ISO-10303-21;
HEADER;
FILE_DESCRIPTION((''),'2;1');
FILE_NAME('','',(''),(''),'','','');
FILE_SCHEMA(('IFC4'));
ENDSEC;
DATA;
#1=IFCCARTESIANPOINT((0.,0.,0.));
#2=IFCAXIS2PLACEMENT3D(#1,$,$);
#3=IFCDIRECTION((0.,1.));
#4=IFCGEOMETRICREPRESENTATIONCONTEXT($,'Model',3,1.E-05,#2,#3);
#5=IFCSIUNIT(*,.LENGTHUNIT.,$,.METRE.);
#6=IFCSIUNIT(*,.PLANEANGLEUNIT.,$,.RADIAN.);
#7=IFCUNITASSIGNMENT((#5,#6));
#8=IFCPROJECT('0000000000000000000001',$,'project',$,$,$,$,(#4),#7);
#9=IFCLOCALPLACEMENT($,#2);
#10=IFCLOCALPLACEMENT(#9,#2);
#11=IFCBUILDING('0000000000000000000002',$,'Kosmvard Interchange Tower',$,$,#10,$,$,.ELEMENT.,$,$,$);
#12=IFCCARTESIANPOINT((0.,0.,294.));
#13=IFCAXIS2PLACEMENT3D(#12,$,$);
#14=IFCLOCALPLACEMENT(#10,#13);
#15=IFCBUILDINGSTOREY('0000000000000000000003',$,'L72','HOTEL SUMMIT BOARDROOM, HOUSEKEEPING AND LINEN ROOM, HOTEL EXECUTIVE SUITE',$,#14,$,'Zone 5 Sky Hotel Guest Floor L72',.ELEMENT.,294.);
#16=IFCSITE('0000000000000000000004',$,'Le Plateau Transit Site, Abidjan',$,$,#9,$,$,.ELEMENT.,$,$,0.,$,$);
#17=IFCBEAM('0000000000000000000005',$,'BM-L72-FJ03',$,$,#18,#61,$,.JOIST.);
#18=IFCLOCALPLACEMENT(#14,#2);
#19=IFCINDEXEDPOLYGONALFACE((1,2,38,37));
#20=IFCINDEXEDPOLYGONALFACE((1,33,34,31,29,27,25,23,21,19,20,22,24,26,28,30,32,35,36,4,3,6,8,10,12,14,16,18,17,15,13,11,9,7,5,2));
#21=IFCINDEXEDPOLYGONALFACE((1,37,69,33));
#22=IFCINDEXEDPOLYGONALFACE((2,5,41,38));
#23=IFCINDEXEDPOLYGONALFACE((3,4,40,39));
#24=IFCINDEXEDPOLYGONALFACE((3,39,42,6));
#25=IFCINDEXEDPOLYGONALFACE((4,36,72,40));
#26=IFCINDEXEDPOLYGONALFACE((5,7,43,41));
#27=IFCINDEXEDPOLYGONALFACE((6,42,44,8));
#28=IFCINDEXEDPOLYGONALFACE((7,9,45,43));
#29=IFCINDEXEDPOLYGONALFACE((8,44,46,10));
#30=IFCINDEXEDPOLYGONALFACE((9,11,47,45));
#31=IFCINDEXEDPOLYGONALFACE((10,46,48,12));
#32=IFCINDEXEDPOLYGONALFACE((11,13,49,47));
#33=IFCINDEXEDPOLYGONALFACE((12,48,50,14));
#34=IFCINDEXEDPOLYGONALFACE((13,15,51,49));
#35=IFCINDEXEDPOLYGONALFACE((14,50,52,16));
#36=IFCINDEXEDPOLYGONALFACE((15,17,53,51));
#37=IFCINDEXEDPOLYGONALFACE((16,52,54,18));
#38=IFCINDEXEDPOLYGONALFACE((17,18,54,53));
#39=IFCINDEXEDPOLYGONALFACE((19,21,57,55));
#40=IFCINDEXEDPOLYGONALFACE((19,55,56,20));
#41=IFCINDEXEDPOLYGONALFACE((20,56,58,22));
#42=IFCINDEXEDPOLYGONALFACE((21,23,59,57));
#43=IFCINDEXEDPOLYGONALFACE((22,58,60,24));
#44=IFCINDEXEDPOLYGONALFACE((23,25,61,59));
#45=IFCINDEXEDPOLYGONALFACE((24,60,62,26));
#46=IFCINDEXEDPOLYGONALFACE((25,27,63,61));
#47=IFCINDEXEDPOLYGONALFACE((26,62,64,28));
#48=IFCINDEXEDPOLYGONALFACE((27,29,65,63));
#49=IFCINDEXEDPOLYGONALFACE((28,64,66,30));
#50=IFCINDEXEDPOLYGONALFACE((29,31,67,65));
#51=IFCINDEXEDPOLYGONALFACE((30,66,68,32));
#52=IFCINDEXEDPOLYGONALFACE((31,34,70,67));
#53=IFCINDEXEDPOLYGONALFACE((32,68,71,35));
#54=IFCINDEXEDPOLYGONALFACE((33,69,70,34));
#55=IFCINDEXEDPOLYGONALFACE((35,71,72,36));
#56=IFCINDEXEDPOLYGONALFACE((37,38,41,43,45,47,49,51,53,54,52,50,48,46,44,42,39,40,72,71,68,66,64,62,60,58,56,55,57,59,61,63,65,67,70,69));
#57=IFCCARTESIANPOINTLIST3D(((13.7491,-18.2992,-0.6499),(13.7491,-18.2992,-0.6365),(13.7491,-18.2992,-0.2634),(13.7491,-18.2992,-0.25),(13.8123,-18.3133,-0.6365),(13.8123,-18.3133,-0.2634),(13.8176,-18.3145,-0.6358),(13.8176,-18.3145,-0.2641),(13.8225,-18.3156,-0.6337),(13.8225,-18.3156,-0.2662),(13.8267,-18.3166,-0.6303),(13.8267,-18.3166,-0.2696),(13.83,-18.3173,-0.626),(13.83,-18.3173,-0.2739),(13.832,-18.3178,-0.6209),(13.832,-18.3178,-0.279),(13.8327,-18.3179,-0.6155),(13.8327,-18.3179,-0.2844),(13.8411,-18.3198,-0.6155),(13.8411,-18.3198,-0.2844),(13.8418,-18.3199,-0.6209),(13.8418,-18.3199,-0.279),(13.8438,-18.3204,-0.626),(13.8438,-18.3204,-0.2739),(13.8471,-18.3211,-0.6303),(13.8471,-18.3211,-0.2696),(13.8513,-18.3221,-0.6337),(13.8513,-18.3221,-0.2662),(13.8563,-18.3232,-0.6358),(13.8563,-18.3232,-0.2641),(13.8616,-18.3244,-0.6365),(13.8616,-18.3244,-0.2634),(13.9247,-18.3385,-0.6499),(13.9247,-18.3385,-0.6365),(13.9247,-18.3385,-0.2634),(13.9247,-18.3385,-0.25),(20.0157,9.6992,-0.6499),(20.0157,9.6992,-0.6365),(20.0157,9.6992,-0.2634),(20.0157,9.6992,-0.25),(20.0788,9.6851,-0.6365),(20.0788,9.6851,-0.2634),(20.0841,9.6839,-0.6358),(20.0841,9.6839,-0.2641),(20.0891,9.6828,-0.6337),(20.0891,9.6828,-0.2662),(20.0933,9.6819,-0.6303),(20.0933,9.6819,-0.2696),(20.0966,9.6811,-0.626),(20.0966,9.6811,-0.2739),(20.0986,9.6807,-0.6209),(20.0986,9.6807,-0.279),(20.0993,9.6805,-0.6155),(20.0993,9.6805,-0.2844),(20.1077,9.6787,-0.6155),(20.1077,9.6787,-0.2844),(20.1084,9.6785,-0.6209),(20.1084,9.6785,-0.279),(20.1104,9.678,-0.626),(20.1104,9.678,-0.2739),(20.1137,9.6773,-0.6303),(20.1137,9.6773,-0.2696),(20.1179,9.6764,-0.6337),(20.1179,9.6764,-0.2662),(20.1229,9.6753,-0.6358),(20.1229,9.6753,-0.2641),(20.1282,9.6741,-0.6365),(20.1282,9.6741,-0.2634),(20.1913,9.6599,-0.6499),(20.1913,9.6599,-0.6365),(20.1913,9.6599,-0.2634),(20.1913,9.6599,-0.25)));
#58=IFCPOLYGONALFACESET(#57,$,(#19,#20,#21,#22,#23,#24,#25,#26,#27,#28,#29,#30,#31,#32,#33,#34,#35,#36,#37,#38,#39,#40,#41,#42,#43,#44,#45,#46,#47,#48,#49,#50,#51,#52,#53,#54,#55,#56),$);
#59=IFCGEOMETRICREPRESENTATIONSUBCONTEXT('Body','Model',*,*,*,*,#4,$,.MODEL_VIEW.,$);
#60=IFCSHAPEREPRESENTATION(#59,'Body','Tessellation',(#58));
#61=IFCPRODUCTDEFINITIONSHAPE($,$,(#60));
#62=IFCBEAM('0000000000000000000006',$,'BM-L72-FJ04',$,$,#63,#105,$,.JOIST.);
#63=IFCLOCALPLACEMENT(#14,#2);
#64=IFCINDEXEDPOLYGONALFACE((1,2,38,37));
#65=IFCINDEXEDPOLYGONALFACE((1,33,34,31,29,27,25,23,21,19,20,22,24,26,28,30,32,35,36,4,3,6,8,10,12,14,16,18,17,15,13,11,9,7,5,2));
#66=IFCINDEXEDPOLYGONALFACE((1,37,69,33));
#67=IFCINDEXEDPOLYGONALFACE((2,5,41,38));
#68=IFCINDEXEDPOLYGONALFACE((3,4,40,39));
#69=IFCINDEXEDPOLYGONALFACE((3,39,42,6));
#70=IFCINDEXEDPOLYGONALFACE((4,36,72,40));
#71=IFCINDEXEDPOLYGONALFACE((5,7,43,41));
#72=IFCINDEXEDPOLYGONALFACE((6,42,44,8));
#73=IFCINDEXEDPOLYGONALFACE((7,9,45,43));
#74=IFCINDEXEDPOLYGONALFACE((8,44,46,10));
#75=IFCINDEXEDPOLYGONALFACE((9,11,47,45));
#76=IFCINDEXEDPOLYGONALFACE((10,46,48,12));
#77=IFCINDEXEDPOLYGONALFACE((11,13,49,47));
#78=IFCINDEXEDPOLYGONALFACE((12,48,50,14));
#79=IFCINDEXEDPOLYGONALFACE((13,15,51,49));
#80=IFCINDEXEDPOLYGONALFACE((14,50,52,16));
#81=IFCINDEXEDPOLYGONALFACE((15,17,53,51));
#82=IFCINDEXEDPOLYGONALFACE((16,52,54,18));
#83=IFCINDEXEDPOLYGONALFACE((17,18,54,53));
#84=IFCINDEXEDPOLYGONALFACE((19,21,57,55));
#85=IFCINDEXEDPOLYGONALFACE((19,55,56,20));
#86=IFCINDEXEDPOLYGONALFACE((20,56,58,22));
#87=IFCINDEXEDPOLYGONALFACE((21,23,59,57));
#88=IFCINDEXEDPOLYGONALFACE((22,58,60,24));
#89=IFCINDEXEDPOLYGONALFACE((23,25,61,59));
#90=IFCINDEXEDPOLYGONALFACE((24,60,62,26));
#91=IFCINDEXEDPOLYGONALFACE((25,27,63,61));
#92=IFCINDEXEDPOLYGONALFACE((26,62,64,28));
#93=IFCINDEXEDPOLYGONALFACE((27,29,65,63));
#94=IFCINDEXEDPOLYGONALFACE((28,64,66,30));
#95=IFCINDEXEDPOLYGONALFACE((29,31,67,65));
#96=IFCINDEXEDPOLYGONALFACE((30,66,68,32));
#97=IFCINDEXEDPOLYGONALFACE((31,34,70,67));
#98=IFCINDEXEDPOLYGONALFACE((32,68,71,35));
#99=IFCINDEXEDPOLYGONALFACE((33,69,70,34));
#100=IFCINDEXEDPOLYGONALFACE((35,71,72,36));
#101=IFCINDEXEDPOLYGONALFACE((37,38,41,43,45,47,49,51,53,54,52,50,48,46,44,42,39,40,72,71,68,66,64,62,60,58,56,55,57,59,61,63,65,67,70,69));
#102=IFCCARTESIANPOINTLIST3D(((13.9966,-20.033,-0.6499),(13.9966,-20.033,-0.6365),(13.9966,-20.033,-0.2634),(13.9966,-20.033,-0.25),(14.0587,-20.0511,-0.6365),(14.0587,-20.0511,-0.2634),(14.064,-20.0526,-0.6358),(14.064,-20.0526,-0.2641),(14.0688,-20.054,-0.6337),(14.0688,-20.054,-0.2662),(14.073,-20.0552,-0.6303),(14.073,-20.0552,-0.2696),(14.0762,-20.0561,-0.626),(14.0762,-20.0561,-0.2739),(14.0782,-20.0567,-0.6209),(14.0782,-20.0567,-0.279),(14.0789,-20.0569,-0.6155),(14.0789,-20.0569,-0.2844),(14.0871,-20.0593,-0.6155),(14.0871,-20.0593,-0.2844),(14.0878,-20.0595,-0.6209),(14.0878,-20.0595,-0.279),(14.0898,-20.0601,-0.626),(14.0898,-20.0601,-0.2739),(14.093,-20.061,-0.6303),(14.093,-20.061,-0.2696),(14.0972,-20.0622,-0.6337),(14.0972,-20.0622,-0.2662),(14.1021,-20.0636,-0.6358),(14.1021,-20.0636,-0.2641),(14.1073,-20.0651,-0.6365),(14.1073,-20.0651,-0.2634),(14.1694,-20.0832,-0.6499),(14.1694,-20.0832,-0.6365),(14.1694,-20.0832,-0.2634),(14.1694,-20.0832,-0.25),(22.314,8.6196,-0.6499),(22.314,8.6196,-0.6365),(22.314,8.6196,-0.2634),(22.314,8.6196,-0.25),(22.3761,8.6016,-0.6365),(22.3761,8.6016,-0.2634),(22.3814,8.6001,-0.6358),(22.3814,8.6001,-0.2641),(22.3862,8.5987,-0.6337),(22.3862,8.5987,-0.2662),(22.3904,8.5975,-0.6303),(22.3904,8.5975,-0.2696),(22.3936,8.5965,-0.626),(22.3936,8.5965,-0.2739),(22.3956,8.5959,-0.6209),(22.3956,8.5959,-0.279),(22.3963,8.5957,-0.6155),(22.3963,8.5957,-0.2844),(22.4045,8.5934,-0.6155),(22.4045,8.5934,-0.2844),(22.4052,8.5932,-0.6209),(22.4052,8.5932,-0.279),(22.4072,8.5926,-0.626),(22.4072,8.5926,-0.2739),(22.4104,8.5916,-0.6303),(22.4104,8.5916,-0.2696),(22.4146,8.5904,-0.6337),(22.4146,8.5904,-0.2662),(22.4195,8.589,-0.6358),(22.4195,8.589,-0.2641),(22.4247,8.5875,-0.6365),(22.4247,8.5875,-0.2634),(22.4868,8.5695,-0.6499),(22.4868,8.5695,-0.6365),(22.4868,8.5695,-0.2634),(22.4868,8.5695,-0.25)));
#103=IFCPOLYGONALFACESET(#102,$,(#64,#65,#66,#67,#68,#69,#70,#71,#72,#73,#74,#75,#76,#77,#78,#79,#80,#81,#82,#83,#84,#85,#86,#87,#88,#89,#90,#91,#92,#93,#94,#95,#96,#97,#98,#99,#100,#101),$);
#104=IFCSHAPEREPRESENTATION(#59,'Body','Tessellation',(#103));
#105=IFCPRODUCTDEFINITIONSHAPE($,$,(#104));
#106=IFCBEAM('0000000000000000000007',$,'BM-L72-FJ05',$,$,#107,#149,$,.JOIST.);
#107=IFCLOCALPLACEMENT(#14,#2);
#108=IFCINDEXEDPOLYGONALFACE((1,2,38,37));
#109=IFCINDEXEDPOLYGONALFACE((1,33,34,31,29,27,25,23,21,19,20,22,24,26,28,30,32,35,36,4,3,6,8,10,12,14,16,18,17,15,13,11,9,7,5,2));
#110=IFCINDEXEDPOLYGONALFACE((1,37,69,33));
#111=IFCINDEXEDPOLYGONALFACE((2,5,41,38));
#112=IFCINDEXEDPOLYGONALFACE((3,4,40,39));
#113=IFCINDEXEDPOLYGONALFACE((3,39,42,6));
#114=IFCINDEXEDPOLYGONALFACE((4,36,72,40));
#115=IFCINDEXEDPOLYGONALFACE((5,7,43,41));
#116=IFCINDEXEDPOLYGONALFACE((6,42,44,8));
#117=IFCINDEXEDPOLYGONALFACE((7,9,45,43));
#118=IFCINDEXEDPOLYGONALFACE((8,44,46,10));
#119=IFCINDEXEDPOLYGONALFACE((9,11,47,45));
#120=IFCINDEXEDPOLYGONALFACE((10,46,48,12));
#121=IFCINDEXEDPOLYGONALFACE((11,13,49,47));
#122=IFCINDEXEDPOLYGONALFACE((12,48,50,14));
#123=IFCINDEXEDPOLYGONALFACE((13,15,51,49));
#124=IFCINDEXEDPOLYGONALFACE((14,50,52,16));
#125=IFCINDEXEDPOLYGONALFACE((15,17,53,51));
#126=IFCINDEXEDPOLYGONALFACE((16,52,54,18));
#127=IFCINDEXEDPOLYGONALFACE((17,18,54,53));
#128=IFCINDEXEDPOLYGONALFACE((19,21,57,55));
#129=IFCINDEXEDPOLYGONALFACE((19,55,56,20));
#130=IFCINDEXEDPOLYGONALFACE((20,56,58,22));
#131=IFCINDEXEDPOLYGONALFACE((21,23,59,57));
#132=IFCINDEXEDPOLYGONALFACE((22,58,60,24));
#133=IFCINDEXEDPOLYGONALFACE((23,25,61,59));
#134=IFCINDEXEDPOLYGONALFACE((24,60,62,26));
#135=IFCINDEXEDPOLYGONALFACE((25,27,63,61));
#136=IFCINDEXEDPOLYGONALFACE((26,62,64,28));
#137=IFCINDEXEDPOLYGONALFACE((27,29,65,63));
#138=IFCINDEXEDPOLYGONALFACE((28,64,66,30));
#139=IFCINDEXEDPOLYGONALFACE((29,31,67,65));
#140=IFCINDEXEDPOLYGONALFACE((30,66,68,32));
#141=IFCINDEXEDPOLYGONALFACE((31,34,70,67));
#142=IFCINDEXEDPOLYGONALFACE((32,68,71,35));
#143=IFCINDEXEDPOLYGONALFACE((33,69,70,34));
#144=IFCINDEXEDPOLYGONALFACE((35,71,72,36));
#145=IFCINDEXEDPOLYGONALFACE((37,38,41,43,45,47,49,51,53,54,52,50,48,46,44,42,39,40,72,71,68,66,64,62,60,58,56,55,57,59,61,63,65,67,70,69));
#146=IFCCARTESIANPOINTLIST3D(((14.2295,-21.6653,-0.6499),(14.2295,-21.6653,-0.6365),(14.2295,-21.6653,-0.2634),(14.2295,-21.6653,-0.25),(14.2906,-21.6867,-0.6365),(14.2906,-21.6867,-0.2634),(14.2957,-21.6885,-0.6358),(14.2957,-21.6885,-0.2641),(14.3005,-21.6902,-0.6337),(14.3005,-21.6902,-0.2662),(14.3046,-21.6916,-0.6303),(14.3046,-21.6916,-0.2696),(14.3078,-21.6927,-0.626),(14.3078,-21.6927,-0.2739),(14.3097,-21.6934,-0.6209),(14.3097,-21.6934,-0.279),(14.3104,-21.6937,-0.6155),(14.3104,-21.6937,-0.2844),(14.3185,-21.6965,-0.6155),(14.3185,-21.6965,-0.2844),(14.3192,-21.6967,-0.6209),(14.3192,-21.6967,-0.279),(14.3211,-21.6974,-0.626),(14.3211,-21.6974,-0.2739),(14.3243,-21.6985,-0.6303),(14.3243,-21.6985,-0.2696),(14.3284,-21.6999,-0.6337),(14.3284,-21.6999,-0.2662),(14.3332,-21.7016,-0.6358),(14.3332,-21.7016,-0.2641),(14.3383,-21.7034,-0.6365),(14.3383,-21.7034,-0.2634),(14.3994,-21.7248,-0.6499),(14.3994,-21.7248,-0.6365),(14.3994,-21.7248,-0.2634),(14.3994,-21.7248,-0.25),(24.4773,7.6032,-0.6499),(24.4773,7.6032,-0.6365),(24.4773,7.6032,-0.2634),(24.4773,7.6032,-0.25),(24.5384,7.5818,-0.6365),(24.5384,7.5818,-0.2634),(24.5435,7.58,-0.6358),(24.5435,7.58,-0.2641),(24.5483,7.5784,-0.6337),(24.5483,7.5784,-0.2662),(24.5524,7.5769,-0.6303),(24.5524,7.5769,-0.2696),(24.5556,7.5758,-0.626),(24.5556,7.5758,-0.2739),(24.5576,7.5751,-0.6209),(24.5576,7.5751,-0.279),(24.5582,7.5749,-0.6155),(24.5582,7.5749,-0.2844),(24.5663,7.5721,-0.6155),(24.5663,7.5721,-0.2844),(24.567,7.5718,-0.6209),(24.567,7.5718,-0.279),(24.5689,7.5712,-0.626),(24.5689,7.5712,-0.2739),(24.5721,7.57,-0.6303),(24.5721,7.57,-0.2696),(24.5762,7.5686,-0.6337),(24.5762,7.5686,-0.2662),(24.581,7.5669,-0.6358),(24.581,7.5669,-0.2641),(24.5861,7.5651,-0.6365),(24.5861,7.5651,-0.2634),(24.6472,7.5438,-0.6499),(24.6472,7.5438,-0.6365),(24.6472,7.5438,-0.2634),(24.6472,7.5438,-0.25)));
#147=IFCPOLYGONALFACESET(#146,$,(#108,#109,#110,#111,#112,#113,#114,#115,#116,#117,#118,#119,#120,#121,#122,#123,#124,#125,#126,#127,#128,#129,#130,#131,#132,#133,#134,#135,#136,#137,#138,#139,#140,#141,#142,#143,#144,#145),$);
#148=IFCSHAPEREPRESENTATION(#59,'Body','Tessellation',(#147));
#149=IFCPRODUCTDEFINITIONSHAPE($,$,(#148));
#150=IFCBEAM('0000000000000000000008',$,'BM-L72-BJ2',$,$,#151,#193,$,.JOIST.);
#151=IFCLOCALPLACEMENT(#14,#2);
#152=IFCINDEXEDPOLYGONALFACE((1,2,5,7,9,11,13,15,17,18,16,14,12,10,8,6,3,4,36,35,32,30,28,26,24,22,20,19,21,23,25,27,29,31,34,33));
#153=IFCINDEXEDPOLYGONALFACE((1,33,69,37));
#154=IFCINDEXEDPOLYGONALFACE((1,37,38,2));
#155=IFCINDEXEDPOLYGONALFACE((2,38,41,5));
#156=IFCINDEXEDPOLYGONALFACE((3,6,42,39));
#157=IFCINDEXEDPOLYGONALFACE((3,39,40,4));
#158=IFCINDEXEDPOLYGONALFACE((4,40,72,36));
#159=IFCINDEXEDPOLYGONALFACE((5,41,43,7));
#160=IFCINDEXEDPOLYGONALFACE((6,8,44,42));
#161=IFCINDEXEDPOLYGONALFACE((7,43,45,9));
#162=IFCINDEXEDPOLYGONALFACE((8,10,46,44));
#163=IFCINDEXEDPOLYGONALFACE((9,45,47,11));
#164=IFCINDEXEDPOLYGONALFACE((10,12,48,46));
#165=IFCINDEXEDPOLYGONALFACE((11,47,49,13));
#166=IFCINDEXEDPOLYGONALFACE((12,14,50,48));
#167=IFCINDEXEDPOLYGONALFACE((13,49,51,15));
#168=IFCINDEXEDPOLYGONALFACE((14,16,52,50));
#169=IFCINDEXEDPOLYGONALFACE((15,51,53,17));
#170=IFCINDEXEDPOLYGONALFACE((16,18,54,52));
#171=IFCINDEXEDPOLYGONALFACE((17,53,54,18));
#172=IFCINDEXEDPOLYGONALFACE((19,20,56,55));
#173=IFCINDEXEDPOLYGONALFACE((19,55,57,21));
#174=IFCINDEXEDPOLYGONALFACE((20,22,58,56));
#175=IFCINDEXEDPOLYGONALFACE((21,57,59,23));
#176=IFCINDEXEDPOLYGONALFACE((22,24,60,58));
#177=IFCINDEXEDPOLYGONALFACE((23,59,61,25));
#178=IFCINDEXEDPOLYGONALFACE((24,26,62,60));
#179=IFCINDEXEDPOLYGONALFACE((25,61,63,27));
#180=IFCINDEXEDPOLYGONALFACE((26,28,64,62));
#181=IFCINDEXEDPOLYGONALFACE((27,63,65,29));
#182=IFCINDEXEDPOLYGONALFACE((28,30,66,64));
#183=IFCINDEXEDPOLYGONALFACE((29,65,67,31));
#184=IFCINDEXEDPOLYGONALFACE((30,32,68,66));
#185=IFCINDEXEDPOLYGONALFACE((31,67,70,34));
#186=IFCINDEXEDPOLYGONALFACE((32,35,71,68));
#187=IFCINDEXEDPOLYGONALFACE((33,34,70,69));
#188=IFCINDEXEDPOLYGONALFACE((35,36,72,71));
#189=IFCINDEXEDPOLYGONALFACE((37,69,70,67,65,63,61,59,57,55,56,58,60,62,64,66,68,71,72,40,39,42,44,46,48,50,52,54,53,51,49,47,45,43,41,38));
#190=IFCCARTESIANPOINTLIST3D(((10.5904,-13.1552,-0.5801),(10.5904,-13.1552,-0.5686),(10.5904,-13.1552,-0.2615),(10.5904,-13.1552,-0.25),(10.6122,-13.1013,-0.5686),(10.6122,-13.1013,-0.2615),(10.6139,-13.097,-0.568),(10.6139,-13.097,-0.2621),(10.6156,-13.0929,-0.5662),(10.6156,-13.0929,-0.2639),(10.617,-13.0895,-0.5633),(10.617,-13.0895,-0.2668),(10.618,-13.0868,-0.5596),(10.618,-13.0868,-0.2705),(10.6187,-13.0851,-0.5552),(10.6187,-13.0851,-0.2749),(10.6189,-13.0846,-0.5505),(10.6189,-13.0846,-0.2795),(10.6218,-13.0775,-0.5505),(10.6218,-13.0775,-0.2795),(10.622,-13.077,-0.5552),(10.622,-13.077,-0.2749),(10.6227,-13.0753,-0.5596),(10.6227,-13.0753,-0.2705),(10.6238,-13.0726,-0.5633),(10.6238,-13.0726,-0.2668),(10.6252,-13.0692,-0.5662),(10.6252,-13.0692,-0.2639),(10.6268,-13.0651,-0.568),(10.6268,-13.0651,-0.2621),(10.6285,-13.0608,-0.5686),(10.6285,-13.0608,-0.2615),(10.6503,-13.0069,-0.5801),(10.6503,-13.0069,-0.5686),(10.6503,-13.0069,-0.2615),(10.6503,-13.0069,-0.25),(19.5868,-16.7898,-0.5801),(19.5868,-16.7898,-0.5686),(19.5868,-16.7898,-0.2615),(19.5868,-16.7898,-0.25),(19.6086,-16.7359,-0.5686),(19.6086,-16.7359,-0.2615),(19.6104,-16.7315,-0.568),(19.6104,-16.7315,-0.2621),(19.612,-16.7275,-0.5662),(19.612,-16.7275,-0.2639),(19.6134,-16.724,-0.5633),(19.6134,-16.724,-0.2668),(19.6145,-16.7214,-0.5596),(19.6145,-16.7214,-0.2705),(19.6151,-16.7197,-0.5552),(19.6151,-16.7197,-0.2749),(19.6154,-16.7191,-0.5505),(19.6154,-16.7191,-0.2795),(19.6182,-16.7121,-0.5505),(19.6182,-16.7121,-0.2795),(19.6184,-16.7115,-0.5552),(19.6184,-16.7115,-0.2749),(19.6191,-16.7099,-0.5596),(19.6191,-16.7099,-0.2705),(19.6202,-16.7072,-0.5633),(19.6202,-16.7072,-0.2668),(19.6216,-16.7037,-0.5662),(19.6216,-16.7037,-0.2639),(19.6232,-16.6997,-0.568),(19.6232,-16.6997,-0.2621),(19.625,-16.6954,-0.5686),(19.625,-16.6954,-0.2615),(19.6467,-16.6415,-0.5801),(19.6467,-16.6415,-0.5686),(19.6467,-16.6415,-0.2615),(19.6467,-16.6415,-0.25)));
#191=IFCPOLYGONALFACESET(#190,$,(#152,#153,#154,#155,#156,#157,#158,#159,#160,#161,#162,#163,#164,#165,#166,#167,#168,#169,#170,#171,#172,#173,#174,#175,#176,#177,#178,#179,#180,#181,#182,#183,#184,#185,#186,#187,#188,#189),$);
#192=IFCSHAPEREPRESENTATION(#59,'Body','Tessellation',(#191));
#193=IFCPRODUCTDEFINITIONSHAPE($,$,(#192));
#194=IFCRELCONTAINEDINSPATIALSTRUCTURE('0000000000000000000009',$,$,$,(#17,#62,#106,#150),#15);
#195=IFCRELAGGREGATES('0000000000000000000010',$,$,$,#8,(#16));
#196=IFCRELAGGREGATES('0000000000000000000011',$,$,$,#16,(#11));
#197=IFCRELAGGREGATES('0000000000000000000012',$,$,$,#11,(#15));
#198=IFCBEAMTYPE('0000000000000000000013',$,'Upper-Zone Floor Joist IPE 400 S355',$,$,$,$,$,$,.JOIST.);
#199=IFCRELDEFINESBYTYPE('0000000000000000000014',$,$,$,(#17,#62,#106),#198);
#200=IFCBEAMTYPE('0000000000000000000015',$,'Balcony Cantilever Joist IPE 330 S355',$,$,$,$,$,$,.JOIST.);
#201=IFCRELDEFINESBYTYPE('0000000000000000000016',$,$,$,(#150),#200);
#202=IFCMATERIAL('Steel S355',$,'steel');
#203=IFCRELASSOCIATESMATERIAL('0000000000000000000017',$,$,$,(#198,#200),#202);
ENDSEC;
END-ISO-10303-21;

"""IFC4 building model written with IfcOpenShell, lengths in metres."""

from ifc_helpers import new_model, si_unit, direction, frame, origin, origin_2d, place, context, subcontext, project, spatial, i_section, extrude, source, transform, mapped, material, material_profile, profile_set, type_object, element, save


model = new_model("IFC4")

# Units and contexts
model_context = context("Model", 3, precision=1e-05, world=origin(), true_north=direction((0.0, 1.0)))
body_context = subcontext(model_context, "Body", "Model", "MODEL_VIEW")
ifc_project = project(units=[si_unit("LENGTHUNIT", "METRE"), si_unit("PLANEANGLEUNIT", "RADIAN")], contexts=[model_context])

# Site, building, storey
site_placement = place(None, origin())
site = spatial("IfcSite", under=ifc_project, at=site_placement, Name="Le Plateau Transit Site, Abidjan", CompositionType="ELEMENT", RefElevation=0.0)
building_placement = place(site_placement, origin())
building = spatial("IfcBuilding", under=site, at=building_placement, Name="Kosmvard Interchange Tower", CompositionType="ELEMENT")
storey_placement = place(building_placement, frame((0.0, 0.0, 294.0)))
storey = spatial("IfcBuildingStorey", under=building, at=storey_placement, Name="L72", Description="HOTEL SUMMIT BOARDROOM, HOUSEKEEPING AND LINEN ROOM, HOTEL EXECUTIVE SUITE", LongName="Zone 5 Sky Hotel Guest Floor L72", CompositionType="ELEMENT", Elevation=294.0)

# Beams
ifc_material_1 = material(Name="Steel S355", Category="steel")
ifc_material_profile_1 = material_profile(ifc_material_1, i_section(OverallWidth=0.1799, OverallDepth=0.3999, WebThickness=0.0085, FlangeThickness=0.0134, FilletRadius=0.021, at=origin_2d()), Name="IPE 400")
ifc_profile_set_1 = profile_set([ifc_material_profile_1], Name="Steel S355")
beam_type_1 = type_object("IfcBeamType", Name="Upper-Zone Floor Joist IPE 400 S355", PredefinedType="JOIST", material=ifc_profile_set_1)
shared_shape_1 = source(origin(), body_context, "Body", "SweptSolid", [
    extrude(i_section(OverallWidth=0.1799, OverallDepth=0.3999, WebThickness=0.0085, FlangeThickness=0.0134, FilletRadius=0.021, at=origin_2d()), origin(), (0.0, 0.0, 1.0), 28.6912),
])
beam_1_placement = place(storey_placement, frame((13.8369, -18.3188, -0.45), z_axis=(0.218415, 0.975856, 0.0), x_axis=(-0.975856, 0.218415, 0.0)))
element("IfcBeam", 1, at=beam_1_placement, inside=storey, type_object=beam_type_1, Name="BM-L72-FJ03", PredefinedType="JOIST", context=body_context, shape_type="MappedRepresentation", body=[
    mapped(shared_shape_1, transform((0.0, 0.0, 0.0), scale=1.0)),
])
shared_shape_2 = source(origin(), body_context, "Body", "SweptSolid", [
    extrude(i_section(OverallWidth=0.1799, OverallDepth=0.3999, WebThickness=0.0085, FlangeThickness=0.0134, FilletRadius=0.021, at=origin_2d()), origin(), (0.0, 0.0, 1.0), 29.8354),
])
beam_2_placement = place(storey_placement, frame((14.083, -20.0581, -0.45), z_axis=(0.278776, 0.960356, 0.0), x_axis=(-0.960356, 0.278776, 0.0)))
element("IfcBeam", 2, at=beam_2_placement, inside=storey, type_object=beam_type_1, Name="BM-L72-FJ04", PredefinedType="JOIST", context=body_context, shape_type="MappedRepresentation", body=[
    mapped(shared_shape_2, transform((0.0, 0.0, 0.0), scale=1.0)),
])
shared_shape_3 = source(origin(), body_context, "Body", "SweptSolid", [
    extrude(i_section(OverallWidth=0.1799, OverallDepth=0.3999, WebThickness=0.0085, FlangeThickness=0.0134, FilletRadius=0.021, at=origin_2d()), origin(), (0.0, 0.0, 1.0), 31.0107),
])
beam_3_placement = place(storey_placement, frame((14.3145, -21.6951, -0.45), z_axis=(0.33046, 0.94382, 0.0), x_axis=(-0.94382, 0.33046, 0.0)))
element("IfcBeam", 3, at=beam_3_placement, inside=storey, type_object=beam_type_1, Name="BM-L72-FJ05", PredefinedType="JOIST", context=body_context, shape_type="MappedRepresentation", body=[
    mapped(shared_shape_3, transform((0.0, 0.0, 0.0), scale=1.0)),
])
ifc_material_profile_2 = material_profile(ifc_material_1, i_section(OverallWidth=0.1599, OverallDepth=0.3301, WebThickness=0.0076, FlangeThickness=0.0115, FilletRadius=0.0181, at=origin_2d()), Name="IPE 330")
ifc_profile_set_2 = profile_set([ifc_material_profile_2], Name="Steel S355")
beam_type_2 = type_object("IfcBeamType", Name="Balcony Cantilever Joist IPE 330 S355", PredefinedType="JOIST", material=ifc_profile_set_2)
shared_shape_4 = source(origin(), body_context, "Body", "SweptSolid", [
    extrude(i_section(OverallWidth=0.1599, OverallDepth=0.3301, WebThickness=0.0076, FlangeThickness=0.0115, FilletRadius=0.0181, at=origin_2d()), origin(), (0.0, 0.0, 1.0), 9.7029),
])
beam_4_placement = place(storey_placement, frame((10.6204, -13.0811, -0.415), z_axis=(0.927192, -0.374586, 0.0), x_axis=(0.374586, 0.927192, 0.0)))
element("IfcBeam", 4, at=beam_4_placement, inside=storey, type_object=beam_type_2, Name="BM-L72-BJ2", PredefinedType="JOIST", context=body_context, shape_type="MappedRepresentation", body=[
    mapped(shared_shape_4, transform((0.0, 0.0, 0.0), scale=1.0)),
])

save(model, "model.ifc")
